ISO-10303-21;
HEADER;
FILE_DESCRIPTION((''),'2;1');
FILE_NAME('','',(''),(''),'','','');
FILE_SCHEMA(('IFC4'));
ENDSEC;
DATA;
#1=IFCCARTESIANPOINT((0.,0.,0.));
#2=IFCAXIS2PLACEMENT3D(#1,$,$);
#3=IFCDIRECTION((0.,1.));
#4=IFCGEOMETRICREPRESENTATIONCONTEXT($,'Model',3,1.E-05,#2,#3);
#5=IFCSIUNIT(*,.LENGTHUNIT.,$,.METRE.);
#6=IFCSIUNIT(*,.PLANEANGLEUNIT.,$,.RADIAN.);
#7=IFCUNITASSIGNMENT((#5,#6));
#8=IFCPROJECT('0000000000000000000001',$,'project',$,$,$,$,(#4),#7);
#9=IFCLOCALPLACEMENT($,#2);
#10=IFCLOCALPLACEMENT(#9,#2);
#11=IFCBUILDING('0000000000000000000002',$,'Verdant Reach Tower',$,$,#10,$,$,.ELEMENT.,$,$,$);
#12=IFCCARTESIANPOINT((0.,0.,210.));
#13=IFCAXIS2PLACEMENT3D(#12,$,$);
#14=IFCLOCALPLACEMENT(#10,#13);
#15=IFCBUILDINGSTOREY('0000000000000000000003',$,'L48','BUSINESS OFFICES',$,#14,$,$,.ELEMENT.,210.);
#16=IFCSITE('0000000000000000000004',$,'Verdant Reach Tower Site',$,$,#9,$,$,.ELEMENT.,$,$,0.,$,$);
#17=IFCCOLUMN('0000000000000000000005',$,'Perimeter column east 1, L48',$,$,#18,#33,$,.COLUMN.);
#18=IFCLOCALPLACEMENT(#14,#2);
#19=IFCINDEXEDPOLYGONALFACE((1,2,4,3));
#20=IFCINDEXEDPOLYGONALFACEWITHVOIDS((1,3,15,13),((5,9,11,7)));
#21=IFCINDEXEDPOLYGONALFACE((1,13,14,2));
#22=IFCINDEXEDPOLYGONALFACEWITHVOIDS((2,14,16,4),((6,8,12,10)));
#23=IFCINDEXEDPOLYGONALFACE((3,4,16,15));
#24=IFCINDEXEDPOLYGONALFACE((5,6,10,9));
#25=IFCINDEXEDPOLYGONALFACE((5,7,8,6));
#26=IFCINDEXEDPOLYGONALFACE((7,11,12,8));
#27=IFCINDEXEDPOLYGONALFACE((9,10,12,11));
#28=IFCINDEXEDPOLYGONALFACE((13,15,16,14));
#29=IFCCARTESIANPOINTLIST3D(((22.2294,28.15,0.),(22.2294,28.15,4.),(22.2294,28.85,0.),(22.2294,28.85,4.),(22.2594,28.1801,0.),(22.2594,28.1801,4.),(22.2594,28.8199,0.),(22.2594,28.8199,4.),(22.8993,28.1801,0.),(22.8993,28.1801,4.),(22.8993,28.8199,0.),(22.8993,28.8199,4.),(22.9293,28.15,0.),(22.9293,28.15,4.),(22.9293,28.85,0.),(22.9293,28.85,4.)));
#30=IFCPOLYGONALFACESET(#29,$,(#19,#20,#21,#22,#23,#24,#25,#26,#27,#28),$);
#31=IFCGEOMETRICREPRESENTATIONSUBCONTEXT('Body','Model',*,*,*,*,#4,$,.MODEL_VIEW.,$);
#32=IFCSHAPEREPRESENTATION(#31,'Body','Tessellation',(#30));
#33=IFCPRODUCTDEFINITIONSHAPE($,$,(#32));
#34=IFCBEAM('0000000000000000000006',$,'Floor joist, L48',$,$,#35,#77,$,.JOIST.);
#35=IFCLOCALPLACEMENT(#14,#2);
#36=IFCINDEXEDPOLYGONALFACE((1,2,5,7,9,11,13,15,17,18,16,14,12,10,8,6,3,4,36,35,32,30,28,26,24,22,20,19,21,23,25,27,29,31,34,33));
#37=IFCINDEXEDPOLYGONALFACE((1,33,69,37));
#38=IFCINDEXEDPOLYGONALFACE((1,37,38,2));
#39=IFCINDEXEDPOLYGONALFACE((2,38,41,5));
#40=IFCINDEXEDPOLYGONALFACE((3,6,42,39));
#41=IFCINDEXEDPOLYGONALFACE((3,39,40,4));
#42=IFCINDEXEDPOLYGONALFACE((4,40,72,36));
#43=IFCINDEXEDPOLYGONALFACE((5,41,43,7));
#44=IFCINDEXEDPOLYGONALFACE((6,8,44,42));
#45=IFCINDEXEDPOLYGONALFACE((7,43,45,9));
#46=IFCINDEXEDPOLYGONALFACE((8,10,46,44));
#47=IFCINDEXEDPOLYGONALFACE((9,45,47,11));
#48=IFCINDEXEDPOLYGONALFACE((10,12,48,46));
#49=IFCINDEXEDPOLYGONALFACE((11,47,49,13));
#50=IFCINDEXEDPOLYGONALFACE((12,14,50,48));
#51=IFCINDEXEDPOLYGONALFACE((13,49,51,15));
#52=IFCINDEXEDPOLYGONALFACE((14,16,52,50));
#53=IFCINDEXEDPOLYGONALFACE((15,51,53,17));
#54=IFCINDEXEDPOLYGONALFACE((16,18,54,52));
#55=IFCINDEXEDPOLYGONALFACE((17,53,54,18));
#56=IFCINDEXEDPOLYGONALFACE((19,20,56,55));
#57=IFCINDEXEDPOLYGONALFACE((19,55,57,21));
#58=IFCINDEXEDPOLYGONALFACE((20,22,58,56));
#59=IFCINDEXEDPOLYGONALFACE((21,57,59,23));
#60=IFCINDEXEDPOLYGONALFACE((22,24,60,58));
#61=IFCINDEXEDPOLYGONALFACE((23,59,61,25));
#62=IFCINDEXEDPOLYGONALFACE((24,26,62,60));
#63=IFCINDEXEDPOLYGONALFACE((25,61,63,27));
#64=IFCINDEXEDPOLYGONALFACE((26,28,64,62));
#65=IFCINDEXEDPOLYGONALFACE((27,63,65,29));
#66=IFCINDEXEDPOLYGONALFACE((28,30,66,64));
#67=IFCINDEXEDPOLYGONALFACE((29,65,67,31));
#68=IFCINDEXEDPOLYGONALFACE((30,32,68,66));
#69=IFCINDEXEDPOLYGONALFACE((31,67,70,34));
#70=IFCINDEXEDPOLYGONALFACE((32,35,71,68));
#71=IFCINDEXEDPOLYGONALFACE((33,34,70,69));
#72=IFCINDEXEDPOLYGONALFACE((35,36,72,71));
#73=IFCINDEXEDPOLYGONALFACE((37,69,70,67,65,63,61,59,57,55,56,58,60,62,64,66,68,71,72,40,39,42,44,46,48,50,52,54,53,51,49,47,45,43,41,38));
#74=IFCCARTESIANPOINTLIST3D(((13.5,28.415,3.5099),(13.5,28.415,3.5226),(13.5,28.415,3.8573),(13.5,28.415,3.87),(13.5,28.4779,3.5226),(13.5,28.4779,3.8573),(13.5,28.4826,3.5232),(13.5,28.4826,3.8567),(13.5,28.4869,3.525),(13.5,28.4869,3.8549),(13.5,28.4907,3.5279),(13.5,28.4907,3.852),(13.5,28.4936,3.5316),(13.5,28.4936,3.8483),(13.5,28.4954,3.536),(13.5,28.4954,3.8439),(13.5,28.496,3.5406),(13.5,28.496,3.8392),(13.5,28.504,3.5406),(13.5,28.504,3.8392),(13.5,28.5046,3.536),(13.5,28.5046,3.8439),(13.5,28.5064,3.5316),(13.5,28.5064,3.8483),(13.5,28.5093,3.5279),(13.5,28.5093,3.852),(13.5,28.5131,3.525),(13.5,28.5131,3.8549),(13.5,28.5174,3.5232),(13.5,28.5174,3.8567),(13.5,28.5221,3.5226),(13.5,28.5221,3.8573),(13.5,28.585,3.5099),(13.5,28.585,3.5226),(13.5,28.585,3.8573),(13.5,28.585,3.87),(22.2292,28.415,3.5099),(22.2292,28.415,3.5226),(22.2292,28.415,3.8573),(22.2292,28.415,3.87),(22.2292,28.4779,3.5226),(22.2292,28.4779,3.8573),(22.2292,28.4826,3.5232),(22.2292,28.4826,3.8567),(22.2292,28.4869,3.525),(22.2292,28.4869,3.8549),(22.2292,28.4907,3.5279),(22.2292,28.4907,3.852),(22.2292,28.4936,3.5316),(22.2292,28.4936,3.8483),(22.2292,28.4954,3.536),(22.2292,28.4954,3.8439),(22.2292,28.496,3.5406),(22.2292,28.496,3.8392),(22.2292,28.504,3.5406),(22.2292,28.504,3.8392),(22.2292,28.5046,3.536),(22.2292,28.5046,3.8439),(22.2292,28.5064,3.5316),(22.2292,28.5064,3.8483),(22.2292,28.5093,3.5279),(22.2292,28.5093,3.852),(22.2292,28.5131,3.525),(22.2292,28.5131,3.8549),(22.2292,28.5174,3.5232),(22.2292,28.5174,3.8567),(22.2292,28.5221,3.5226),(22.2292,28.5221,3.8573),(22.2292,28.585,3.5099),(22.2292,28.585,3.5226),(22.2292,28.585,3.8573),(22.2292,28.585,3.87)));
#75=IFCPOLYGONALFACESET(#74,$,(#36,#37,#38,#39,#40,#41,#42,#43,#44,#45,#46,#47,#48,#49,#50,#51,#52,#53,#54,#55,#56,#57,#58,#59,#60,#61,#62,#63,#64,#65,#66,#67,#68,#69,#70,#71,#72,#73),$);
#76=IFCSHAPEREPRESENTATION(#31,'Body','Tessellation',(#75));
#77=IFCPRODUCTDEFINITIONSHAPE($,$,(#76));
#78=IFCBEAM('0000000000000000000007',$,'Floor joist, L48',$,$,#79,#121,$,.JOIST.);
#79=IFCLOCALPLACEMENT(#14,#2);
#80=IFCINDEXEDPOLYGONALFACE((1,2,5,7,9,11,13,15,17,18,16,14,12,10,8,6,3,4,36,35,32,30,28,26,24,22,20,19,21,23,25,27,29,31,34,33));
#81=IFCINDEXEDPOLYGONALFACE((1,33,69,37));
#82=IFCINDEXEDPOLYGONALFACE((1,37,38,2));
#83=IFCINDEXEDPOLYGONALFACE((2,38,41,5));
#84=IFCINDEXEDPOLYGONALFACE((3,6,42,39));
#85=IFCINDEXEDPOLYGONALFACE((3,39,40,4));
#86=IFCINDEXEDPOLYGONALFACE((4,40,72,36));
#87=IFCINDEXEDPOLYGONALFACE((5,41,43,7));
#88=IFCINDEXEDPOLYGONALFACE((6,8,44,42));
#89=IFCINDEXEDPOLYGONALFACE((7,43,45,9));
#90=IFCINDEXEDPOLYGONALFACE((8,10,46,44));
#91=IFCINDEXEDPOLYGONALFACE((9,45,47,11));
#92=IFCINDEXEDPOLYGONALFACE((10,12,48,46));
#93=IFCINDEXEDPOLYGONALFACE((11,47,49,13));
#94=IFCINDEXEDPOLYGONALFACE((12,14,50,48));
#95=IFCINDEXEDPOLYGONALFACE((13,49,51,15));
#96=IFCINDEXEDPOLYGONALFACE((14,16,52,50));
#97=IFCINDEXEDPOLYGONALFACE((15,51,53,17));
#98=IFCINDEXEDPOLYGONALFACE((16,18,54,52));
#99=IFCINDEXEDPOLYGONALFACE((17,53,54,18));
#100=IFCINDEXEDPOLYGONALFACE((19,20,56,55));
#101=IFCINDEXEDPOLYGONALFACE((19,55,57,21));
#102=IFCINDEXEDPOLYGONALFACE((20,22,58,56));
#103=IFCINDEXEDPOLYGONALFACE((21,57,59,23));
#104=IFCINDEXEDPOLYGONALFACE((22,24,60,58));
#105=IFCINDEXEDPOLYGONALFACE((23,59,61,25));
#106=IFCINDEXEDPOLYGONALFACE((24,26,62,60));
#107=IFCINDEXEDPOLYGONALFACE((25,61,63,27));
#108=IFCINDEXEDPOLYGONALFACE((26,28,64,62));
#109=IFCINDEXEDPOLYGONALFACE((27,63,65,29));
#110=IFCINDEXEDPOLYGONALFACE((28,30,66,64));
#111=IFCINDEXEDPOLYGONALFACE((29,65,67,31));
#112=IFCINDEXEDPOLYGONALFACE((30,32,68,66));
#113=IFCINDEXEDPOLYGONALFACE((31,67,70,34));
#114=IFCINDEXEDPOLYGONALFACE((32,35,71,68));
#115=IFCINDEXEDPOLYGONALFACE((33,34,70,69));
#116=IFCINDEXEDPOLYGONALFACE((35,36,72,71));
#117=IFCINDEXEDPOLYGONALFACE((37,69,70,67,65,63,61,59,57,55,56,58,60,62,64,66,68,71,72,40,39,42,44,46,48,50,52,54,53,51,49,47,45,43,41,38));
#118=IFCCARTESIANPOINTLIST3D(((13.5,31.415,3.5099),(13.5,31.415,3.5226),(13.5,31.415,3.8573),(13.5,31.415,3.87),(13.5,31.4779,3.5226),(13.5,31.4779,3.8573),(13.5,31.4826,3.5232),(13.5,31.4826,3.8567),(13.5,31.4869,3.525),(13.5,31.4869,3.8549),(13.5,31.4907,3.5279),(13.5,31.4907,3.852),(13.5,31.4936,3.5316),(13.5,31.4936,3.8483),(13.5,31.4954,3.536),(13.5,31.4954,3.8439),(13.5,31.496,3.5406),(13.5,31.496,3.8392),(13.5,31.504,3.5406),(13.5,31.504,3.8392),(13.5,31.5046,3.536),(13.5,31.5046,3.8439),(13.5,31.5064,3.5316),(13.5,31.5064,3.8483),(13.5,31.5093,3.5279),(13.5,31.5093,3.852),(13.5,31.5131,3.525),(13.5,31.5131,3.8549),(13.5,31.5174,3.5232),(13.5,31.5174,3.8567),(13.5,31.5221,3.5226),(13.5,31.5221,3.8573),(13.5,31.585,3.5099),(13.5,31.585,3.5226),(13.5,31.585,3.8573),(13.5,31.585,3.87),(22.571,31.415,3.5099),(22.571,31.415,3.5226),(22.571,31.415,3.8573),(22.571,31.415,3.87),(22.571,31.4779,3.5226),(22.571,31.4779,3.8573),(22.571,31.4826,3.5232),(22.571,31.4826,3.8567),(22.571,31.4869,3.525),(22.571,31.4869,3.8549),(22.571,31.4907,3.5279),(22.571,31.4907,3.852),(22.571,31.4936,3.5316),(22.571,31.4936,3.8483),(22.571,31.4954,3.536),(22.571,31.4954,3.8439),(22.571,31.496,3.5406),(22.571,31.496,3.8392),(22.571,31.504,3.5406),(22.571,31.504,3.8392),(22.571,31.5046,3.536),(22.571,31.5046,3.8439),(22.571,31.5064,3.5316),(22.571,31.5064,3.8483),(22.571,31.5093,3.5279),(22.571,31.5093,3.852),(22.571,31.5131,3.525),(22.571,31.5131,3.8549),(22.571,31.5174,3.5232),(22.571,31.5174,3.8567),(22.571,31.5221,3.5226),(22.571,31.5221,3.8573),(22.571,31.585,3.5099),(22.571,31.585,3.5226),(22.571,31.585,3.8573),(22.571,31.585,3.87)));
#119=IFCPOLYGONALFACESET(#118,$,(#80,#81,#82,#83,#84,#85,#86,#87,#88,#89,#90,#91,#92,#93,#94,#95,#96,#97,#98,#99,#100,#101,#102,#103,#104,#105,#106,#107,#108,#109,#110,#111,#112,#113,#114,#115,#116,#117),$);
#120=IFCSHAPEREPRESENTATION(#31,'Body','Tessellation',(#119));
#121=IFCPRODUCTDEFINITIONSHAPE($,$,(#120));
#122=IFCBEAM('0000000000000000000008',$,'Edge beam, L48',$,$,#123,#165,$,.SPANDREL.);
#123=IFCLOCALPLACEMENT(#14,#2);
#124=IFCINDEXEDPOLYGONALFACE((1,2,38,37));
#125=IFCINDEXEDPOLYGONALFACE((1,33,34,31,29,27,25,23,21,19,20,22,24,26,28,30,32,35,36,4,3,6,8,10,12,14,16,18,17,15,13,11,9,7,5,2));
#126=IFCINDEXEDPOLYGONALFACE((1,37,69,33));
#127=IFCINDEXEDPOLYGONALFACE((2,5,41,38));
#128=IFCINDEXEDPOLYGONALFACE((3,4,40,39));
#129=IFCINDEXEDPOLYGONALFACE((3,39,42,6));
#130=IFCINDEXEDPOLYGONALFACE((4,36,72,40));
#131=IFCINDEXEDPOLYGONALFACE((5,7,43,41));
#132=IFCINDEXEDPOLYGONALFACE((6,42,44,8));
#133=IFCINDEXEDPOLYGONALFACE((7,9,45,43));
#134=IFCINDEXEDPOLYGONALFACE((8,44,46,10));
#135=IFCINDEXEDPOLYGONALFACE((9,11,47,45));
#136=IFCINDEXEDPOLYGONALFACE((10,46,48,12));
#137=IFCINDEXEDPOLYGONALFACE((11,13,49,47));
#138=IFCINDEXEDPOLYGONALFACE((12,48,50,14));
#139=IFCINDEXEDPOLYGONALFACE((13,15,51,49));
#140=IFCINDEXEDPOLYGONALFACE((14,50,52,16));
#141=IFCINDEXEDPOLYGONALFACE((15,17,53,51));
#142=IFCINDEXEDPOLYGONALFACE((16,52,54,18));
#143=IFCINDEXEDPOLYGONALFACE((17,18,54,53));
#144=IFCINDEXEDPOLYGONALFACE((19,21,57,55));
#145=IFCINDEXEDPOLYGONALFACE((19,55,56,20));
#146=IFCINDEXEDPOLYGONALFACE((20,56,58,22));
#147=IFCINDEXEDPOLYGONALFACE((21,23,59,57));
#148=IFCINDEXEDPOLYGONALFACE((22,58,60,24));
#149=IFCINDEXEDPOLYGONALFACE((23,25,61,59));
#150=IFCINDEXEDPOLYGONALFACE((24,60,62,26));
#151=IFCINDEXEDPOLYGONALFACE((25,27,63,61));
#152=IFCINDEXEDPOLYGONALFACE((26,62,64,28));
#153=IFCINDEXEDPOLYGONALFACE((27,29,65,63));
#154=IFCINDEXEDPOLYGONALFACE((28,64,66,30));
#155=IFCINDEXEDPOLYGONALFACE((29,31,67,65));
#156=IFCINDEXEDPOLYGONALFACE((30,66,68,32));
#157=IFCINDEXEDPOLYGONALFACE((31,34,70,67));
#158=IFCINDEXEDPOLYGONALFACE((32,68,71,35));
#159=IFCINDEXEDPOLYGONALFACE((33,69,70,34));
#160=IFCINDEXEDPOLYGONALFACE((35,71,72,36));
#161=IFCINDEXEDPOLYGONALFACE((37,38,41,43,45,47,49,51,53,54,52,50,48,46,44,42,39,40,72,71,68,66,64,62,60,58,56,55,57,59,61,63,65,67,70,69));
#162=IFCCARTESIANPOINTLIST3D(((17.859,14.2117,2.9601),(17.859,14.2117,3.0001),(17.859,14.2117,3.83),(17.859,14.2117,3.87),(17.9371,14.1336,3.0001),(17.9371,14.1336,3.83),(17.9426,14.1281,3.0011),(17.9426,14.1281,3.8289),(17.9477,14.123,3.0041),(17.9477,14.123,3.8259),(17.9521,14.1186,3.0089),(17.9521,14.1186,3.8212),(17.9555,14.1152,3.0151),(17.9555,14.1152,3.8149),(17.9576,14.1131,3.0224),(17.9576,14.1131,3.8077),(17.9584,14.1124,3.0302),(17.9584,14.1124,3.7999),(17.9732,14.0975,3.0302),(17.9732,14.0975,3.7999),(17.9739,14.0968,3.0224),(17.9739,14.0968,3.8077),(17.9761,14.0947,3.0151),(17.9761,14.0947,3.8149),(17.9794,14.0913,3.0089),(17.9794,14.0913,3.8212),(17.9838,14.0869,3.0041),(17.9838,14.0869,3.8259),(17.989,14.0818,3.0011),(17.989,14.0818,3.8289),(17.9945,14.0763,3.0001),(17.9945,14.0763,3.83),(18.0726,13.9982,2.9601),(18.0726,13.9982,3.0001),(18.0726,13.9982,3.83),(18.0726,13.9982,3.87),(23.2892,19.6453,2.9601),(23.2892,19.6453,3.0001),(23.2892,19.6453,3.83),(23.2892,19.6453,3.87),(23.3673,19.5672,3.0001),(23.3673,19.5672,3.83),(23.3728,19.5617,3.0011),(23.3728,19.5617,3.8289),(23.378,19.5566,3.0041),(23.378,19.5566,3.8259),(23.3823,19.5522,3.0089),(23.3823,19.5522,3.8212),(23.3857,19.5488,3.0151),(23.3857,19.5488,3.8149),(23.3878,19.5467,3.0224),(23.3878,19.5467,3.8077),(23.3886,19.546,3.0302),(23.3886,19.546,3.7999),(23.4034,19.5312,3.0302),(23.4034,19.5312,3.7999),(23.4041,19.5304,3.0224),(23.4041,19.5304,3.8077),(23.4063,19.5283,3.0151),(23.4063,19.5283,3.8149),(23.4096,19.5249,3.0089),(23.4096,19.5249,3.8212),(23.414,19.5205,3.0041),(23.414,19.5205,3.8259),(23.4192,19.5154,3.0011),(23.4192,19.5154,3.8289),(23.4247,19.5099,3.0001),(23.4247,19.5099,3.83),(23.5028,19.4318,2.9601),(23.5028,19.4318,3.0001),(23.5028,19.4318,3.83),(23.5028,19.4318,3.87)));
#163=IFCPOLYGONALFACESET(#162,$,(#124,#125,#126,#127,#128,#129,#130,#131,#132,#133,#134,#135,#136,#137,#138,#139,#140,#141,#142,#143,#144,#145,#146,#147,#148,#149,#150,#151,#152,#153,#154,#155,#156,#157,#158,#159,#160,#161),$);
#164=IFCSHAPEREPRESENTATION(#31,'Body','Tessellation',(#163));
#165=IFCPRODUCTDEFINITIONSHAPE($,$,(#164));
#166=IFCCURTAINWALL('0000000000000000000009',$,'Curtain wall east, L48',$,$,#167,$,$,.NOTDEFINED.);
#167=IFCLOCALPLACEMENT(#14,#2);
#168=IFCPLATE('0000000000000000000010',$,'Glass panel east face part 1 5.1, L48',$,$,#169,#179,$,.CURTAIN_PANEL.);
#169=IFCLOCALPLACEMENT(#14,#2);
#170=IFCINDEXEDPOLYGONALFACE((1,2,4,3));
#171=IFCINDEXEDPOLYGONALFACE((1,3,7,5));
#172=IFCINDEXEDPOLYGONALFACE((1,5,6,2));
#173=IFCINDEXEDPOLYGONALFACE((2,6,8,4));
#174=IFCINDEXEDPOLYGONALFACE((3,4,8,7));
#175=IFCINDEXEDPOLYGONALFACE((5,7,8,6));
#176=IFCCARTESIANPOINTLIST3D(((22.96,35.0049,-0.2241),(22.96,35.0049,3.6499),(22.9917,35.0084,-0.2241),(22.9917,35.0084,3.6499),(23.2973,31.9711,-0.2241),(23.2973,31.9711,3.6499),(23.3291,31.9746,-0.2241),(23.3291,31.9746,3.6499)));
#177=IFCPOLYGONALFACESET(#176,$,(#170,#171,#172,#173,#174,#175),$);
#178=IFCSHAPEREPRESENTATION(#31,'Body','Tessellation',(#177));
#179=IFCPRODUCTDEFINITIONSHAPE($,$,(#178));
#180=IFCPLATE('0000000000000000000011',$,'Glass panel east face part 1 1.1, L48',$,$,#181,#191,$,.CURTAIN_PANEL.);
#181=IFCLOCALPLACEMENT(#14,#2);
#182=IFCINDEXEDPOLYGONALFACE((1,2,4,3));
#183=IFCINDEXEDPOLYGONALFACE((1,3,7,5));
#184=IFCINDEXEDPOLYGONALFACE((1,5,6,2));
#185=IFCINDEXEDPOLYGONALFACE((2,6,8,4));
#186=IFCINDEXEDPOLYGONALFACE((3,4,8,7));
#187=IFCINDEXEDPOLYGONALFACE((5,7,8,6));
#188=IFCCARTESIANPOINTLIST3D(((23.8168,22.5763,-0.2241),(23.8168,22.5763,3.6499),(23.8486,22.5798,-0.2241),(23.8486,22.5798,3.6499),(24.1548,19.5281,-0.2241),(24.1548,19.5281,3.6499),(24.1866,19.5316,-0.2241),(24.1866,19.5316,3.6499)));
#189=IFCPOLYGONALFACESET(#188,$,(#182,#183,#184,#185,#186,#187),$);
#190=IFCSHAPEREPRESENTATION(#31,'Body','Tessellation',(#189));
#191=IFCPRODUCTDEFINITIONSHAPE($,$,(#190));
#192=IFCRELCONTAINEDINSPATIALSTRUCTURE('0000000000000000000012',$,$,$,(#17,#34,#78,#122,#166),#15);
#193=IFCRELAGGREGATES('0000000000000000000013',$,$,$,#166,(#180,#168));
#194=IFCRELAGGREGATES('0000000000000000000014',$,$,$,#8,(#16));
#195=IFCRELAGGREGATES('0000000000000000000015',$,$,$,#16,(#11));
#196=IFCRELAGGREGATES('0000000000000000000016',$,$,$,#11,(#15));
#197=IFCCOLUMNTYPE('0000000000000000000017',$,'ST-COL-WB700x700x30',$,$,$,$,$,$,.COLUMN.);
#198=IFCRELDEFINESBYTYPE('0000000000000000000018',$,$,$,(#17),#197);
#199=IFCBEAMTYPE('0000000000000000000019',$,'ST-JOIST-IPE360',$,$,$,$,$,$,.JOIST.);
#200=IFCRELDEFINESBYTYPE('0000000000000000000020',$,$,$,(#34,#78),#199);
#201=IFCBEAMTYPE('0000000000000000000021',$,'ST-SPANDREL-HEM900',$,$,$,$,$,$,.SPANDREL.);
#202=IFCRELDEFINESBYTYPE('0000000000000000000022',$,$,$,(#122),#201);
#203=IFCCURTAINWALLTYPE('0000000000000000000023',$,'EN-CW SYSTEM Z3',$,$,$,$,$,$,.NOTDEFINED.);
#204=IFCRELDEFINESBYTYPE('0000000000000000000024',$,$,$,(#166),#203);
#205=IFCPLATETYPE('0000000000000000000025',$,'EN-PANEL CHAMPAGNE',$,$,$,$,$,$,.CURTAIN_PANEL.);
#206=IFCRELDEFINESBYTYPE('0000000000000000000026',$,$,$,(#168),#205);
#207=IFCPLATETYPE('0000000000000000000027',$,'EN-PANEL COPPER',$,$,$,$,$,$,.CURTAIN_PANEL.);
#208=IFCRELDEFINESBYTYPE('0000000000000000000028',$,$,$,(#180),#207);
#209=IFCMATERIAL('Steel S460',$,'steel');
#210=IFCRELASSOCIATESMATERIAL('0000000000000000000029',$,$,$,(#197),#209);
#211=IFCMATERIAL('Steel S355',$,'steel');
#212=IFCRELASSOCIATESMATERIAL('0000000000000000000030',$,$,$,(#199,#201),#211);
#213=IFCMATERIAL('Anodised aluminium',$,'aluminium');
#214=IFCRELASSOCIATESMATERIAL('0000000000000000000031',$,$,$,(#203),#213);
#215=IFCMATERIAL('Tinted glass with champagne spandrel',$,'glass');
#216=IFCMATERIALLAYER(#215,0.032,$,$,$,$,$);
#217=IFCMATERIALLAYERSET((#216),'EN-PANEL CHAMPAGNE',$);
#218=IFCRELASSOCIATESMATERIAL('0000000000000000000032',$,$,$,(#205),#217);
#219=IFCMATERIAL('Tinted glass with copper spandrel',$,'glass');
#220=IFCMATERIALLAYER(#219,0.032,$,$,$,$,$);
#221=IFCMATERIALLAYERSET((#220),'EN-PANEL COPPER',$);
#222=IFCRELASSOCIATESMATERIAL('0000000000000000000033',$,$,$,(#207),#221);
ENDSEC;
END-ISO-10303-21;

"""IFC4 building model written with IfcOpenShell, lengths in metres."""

from ifc_helpers import new_model, si_unit, direction, frame, origin, origin_2d, place, context, subcontext, project, spatial, rectangle, hollow_rectangle, i_section, extrude, material, layer, layer_set, material_profile, profile_set, type_object, element, aggregate, save


model = new_model("IFC4")

# Units and contexts
model_context = context("Model", 3, precision=1e-05, world=origin(), true_north=direction((0.0, 1.0)))
body_context = subcontext(model_context, "Body", "Model", "MODEL_VIEW")
ifc_project = project(units=[si_unit("LENGTHUNIT", "METRE"), si_unit("PLANEANGLEUNIT", "RADIAN")], contexts=[model_context])

# Site, building, storey
site_placement = place(None, origin())
site = spatial("IfcSite", under=ifc_project, at=site_placement, Name="Verdant Reach Tower Site", CompositionType="ELEMENT", RefElevation=0.0)
building_placement = place(site_placement, origin())
building = spatial("IfcBuilding", under=site, at=building_placement, Name="Verdant Reach Tower", CompositionType="ELEMENT")
storey_placement = place(building_placement, frame((0.0, 0.0, 210.0)))
storey = spatial("IfcBuildingStorey", under=building, at=storey_placement, Name="L48", Description="BUSINESS OFFICES", CompositionType="ELEMENT", Elevation=210.0)

# Column
ifc_material_1 = material(Name="Steel S460", Category="steel")
ifc_material_profile_1 = material_profile(ifc_material_1, hollow_rectangle(XDim=0.7, YDim=0.7, WallThickness=0.03, at=origin_2d()), Name="WB 700x700x30")
ifc_profile_set_1 = profile_set([ifc_material_profile_1], Name="Steel S460")
column_type = type_object("IfcColumnType", Name="ST-COL-WB700x700x30", PredefinedType="COLUMN", material=ifc_profile_set_1)
column_placement = place(storey_placement, frame((22.5793, 28.5, 0.0), z_axis=(0.0, 0.0, 1.0), x_axis=(1.0, 0.0, 0.0)))
element("IfcColumn", 1, at=column_placement, inside=storey, type_object=column_type, Name="Perimeter column east 1, L48", PredefinedType="COLUMN", context=body_context, shape_type="SweptSolid", body=[
    extrude(hollow_rectangle(XDim=0.7, YDim=0.7, WallThickness=0.03, at=origin_2d()), origin(), (0.0, 0.0, 1.0), 4.0),
])

# Beams
ifc_material_2 = material(Name="Steel S355", Category="steel")
ifc_material_profile_2 = material_profile(ifc_material_2, i_section(OverallWidth=0.1699, OverallDepth=0.3601, WebThickness=0.0081, FlangeThickness=0.0127, FilletRadius=0.0181, at=origin_2d()), Name="IPE 360")
ifc_profile_set_2 = profile_set([ifc_material_profile_2], Name="Steel S355")
beam_type_1 = type_object("IfcBeamType", Name="ST-JOIST-IPE360", PredefinedType="JOIST", material=ifc_profile_set_2)
beam_1_placement = place(storey_placement, frame((13.5, 28.5, 3.6899), z_axis=(1.0, 0.0, 0.0), x_axis=(0.0, 1.0, 0.0)))
element("IfcBeam", 2, at=beam_1_placement, inside=storey, type_object=beam_type_1, Name="Floor joist, L48", PredefinedType="JOIST", context=body_context, shape_type="SweptSolid", body=[
    extrude(i_section(OverallWidth=0.1699, OverallDepth=0.3601, WebThickness=0.0081, FlangeThickness=0.0127, FilletRadius=0.0181, at=origin_2d()), origin(), (0.0, 0.0, 1.0), 8.7292),
])
beam_2_placement = place(storey_placement, frame((13.5, 31.5, 3.6899), z_axis=(1.0, 0.0, 0.0), x_axis=(0.0, 1.0, 0.0)))
element("IfcBeam", 3, at=beam_2_placement, inside=storey, type_object=beam_type_1, Name="Floor joist, L48", PredefinedType="JOIST", context=body_context, shape_type="SweptSolid", body=[
    extrude(i_section(OverallWidth=0.1699, OverallDepth=0.3601, WebThickness=0.0081, FlangeThickness=0.0127, FilletRadius=0.0181, at=origin_2d()), origin(), (0.0, 0.0, 1.0), 9.071),
])
ifc_material_profile_3 = material_profile(ifc_material_2, i_section(OverallWidth=0.302, OverallDepth=0.9099, WebThickness=0.021, FlangeThickness=0.04, FilletRadius=0.03, at=origin_2d()), Name="HEM 900")
ifc_profile_set_3 = profile_set([ifc_material_profile_3], Name="Steel S355")
beam_type_2 = type_object("IfcBeamType", Name="ST-SPANDREL-HEM900", PredefinedType="SPANDREL", material=ifc_profile_set_3)
beam_3_placement = place(storey_placement, frame((23.396, 19.5386, 3.415), z_axis=(-0.706884, -0.707329, 0.0), x_axis=(0.707329, -0.706884, 0.0)))
element("IfcBeam", 4, at=beam_3_placement, inside=storey, type_object=beam_type_2, Name="Edge beam, L48", PredefinedType="SPANDREL", context=body_context, shape_type="SweptSolid", body=[
    extrude(i_section(OverallWidth=0.302, OverallDepth=0.9099, WebThickness=0.021, FlangeThickness=0.04, FilletRadius=0.03, at=origin_2d()), origin(), (0.0, 0.0, 1.0), 7.6819),
])

# Curtain wall, plates
ifc_material_3 = material(Name="Anodised aluminium", Category="aluminium")
curtain_wall_type = type_object("IfcCurtainWallType", Name="EN-CW SYSTEM Z3", PredefinedType="NOTDEFINED", material=ifc_material_3)
curtain_wall_placement = place(storey_placement, origin())
curtain_wall = element("IfcCurtainWall", 5, at=curtain_wall_placement, inside=storey, type_object=curtain_wall_type, Name="Curtain wall east, L48", PredefinedType="NOTDEFINED")
ifc_material_4 = material(Name="Tinted glass with champagne spandrel", Category="glass")
ifc_layer_1 = layer(ifc_material_4, 0.032)
ifc_layer_set_1 = layer_set([ifc_layer_1], Name="EN-PANEL CHAMPAGNE")
plate_type_1 = type_object("IfcPlateType", Name="EN-PANEL CHAMPAGNE", PredefinedType="CURTAIN_PANEL", material=ifc_layer_set_1)
plate_1_placement = place(storey_placement, frame((23.1445, 33.4897, -0.2241), z_axis=(0.0, 0.0, 1.0), x_axis=(-0.110518, 0.993874, 0.0)))
plate_1 = element("IfcPlate", 6, at=plate_1_placement, type_object=plate_type_1, Name="Glass panel east face part 1 5.1, L48", PredefinedType="CURTAIN_PANEL", context=body_context, shape_type="SweptSolid", body=[
    extrude(rectangle(XDim=3.0525, YDim=0.032, at=origin_2d()), origin(), (0.0, 0.0, 1.0), 3.874),
])
ifc_material_5 = material(Name="Tinted glass with copper spandrel", Category="glass")
ifc_layer_2 = layer(ifc_material_5, 0.032)
ifc_layer_set_2 = layer_set([ifc_layer_2], Name="EN-PANEL COPPER")
plate_type_2 = type_object("IfcPlateType", Name="EN-PANEL COPPER", PredefinedType="CURTAIN_PANEL", material=ifc_layer_set_2)
plate_2_placement = place(storey_placement, frame((24.0017, 21.054, -0.2241), z_axis=(0.0, 0.0, 1.0), x_axis=(-0.110214, 0.993908, 0.0)))
plate_2 = element("IfcPlate", 7, at=plate_2_placement, type_object=plate_type_2, Name="Glass panel east face part 1 1.1, L48", PredefinedType="CURTAIN_PANEL", context=body_context, shape_type="SweptSolid", body=[
    extrude(rectangle(XDim=3.0669, YDim=0.032, at=origin_2d()), origin(), (0.0, 0.0, 1.0), 3.874),
])
aggregate(curtain_wall, [plate_2, plate_1])

save(model, "model.ifc")
